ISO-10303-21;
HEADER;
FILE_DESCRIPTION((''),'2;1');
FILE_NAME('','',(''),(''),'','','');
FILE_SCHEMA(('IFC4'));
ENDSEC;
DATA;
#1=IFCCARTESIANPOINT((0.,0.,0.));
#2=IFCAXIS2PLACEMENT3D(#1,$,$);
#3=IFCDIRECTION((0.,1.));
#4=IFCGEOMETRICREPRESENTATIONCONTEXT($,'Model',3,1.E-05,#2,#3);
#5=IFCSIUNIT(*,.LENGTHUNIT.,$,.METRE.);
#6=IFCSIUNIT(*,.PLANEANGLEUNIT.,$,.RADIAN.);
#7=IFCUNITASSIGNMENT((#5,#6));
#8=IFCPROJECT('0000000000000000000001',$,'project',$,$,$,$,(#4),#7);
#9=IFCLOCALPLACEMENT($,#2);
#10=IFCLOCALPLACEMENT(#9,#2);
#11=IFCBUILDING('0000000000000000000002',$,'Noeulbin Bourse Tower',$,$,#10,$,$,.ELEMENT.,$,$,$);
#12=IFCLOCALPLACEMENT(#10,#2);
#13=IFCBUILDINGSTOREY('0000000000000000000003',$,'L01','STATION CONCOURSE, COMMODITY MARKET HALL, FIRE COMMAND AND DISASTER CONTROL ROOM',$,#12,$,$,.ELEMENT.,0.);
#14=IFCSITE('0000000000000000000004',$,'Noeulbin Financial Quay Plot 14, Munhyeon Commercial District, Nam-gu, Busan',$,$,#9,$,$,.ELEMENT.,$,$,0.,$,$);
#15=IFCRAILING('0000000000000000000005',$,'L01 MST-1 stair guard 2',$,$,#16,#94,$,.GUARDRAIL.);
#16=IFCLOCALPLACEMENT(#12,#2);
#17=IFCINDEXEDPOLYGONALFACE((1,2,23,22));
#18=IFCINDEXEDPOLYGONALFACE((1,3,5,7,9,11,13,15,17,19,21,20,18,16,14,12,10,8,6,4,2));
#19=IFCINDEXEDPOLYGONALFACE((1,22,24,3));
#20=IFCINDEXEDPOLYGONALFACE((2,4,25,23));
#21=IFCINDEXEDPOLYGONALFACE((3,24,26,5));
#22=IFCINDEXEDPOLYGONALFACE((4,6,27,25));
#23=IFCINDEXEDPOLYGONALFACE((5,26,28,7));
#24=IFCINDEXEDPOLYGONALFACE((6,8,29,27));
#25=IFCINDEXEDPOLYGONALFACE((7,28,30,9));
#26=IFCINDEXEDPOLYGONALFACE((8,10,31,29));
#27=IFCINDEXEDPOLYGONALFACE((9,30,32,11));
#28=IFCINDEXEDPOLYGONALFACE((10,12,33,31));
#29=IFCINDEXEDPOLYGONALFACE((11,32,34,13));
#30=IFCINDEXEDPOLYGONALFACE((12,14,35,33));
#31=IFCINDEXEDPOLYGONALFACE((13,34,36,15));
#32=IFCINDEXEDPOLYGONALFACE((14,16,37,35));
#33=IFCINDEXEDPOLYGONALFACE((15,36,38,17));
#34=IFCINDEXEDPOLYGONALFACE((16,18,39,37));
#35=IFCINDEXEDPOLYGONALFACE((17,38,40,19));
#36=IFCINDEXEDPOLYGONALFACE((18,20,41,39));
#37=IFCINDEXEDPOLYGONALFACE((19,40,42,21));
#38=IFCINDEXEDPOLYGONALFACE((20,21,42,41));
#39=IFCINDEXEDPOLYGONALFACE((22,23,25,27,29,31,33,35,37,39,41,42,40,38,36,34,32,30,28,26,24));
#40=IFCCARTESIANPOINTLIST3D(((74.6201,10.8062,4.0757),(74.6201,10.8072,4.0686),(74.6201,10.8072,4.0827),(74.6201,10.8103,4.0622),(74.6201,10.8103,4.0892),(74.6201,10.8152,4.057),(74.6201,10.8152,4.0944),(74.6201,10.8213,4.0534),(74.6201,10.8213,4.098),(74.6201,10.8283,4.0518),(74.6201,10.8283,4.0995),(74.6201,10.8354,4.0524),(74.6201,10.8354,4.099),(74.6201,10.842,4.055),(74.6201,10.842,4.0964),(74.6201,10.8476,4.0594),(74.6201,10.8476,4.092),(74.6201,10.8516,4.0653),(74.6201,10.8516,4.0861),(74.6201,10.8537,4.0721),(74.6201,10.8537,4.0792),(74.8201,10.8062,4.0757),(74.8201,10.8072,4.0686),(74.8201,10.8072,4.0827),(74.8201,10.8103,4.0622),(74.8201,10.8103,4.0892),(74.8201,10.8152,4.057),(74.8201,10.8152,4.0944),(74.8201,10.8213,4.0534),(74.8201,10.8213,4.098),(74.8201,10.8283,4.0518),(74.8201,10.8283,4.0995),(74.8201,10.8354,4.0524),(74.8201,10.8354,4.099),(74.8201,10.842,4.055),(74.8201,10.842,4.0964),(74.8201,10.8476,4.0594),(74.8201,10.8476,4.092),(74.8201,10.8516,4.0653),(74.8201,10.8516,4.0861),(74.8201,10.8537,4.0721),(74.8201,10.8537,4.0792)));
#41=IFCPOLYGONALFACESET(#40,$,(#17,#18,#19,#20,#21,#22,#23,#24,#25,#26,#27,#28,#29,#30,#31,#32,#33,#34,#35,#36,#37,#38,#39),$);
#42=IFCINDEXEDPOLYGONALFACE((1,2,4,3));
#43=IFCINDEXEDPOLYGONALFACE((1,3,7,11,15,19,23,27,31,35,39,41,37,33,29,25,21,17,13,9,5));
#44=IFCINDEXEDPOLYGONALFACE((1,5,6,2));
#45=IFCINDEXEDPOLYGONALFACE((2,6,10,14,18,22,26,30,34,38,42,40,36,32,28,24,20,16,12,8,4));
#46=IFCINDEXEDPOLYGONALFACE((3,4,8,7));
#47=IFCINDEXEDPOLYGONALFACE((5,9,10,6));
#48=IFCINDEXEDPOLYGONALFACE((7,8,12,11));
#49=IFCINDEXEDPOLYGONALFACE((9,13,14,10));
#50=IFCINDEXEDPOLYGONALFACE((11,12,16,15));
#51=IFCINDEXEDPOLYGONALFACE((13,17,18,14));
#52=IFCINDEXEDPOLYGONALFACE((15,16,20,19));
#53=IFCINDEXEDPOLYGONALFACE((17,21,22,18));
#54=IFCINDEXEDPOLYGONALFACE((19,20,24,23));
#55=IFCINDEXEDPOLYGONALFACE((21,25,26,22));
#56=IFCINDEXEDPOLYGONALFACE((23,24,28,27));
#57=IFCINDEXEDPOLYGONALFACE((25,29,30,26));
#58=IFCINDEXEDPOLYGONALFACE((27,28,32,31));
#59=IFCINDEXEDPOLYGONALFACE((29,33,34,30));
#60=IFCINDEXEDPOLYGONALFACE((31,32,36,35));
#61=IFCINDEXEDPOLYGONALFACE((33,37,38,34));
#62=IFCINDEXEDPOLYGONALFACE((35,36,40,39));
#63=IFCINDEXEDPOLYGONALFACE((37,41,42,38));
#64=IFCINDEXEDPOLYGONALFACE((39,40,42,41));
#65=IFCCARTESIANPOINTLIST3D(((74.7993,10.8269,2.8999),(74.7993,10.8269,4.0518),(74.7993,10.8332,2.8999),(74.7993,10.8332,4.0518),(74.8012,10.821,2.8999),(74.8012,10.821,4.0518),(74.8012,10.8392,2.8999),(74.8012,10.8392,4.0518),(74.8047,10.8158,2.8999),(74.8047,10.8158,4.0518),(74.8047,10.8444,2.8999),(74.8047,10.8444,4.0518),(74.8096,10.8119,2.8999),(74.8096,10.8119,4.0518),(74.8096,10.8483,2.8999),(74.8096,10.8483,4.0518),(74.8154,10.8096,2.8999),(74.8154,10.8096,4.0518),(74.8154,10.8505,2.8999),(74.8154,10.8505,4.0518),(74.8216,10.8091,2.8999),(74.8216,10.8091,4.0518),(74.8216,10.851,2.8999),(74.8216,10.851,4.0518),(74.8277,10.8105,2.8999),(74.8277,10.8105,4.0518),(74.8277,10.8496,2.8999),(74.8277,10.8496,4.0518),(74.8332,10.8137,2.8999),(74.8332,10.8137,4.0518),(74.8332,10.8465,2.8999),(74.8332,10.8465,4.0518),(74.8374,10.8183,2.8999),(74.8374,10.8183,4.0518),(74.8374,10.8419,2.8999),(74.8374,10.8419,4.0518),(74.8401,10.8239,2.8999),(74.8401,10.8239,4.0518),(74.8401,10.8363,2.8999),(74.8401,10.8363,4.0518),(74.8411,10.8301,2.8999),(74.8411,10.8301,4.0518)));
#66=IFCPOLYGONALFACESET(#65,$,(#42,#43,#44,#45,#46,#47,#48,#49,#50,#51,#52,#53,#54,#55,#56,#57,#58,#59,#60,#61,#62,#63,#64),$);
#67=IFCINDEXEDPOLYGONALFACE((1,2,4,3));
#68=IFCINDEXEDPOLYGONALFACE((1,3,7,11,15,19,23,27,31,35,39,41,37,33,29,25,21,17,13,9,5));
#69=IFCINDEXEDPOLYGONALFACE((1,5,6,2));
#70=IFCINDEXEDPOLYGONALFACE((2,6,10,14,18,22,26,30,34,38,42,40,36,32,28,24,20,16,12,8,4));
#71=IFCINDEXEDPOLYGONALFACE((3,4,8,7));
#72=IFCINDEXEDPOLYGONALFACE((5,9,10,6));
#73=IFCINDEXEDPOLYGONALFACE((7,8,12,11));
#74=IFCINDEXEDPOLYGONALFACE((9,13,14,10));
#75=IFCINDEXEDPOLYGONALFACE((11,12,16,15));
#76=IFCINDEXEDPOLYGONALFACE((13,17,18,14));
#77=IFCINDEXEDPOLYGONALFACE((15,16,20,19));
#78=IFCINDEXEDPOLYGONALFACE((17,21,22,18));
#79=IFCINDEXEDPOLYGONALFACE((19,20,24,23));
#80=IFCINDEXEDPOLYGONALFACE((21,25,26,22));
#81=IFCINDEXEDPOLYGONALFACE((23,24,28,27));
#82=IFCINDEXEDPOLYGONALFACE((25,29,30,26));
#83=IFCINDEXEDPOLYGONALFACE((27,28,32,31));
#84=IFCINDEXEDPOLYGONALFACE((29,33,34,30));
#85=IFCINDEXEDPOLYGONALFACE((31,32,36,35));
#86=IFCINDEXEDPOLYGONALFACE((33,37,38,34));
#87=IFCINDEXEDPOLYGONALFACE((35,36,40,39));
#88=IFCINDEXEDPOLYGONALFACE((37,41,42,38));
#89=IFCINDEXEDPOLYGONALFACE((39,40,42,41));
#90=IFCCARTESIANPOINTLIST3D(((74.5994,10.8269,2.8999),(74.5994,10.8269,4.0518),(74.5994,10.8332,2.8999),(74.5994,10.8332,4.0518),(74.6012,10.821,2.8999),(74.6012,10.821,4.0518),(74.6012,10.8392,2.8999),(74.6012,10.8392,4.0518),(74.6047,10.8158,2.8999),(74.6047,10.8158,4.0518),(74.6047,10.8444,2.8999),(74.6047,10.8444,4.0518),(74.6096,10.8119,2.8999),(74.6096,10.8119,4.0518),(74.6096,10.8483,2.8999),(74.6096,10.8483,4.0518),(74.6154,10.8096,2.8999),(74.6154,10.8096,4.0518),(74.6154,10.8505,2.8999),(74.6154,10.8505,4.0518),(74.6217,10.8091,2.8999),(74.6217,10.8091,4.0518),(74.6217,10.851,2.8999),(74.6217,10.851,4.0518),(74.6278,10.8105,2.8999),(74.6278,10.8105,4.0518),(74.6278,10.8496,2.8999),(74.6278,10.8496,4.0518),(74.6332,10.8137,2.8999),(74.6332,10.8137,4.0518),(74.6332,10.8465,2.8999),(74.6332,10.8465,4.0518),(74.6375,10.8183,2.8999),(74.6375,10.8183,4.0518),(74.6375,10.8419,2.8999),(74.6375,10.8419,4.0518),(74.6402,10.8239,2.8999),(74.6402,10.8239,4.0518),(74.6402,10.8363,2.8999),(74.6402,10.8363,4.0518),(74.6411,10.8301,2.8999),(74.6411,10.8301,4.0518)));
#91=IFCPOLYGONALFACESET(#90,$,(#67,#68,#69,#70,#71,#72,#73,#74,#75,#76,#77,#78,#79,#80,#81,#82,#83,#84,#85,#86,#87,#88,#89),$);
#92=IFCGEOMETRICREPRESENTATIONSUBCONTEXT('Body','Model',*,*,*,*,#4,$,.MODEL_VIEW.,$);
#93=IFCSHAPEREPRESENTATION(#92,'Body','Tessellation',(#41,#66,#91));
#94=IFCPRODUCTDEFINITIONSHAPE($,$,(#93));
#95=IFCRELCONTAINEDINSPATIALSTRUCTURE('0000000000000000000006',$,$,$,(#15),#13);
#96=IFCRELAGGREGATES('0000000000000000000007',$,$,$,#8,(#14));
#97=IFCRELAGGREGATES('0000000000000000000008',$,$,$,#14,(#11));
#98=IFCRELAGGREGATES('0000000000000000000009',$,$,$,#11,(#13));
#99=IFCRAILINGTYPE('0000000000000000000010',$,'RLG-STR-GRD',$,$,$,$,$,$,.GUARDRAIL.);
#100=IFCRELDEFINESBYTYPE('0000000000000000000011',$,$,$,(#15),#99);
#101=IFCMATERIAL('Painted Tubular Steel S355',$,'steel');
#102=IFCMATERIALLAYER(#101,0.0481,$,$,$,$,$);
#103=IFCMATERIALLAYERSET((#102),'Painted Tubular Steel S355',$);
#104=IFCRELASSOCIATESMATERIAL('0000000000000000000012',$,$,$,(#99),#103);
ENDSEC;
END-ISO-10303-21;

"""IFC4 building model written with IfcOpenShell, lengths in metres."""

from ifc_helpers import new_model, si_unit, direction, frame, origin, origin_2d, place, context, subcontext, project, spatial, circle, extrude, material, layer, layer_set, type_object, element, save


model = new_model("IFC4")

# Units and contexts
model_context = context("Model", 3, precision=1e-05, world=origin(), true_north=direction((0.0, 1.0)))
body_context = subcontext(model_context, "Body", "Model", "MODEL_VIEW")
ifc_project = project(units=[si_unit("LENGTHUNIT", "METRE"), si_unit("PLANEANGLEUNIT", "RADIAN")], contexts=[model_context])

# Site, building, storey
site_placement = place(None, origin())
site = spatial("IfcSite", under=ifc_project, at=site_placement, Name="Noeulbin Financial Quay Plot 14, Munhyeon Commercial District, Nam-gu, Busan", CompositionType="ELEMENT", RefElevation=0.0)
building_placement = place(site_placement, origin())
building = spatial("IfcBuilding", under=site, at=building_placement, Name="Noeulbin Bourse Tower", CompositionType="ELEMENT")
storey_placement = place(building_placement, origin())
storey = spatial("IfcBuildingStorey", under=building, at=storey_placement, Name="L01", Description="STATION CONCOURSE, COMMODITY MARKET HALL, FIRE COMMAND AND DISASTER CONTROL ROOM", CompositionType="ELEMENT", Elevation=0.0)

# Railing
ifc_material_1 = material(Name="Painted Tubular Steel S355", Category="steel")
ifc_layer_1 = layer(ifc_material_1, 0.0481)
ifc_layer_set_1 = layer_set([ifc_layer_1], Name="Painted Tubular Steel S355")
railing_type_1 = type_object("IfcRailingType", Name="RLG-STR-GRD", PredefinedType="GUARDRAIL", material=ifc_layer_set_1)
railing_1_placement = place(storey_placement, frame((74.8201, 10.8301, 2.8999)))
element("IfcRailing", 1, at=railing_1_placement, inside=storey, type_object=railing_type_1, Name="L01 MST-1 stair guard 2", PredefinedType="GUARDRAIL", context=body_context, shape_type="SweptSolid", body=[
    extrude(circle(Radius=0.0239, at=origin_2d()), frame((0.0, 0.0, 1.1758), z_axis=(-1.0, 0.0, 0.0), x_axis=(0.0, -1.0, 0.0)), (0.0, 0.0, 1.0), 0.2),
    extrude(circle(Radius=0.021, at=origin_2d()), origin(), (0.0, 0.0, 1.0), 1.1519),
    extrude(circle(Radius=0.021, at=origin_2d()), frame((-0.2, 0.0, 0.0)), (0.0, 0.0, 1.0), 1.1519),
])

save(model, "model.ifc")
